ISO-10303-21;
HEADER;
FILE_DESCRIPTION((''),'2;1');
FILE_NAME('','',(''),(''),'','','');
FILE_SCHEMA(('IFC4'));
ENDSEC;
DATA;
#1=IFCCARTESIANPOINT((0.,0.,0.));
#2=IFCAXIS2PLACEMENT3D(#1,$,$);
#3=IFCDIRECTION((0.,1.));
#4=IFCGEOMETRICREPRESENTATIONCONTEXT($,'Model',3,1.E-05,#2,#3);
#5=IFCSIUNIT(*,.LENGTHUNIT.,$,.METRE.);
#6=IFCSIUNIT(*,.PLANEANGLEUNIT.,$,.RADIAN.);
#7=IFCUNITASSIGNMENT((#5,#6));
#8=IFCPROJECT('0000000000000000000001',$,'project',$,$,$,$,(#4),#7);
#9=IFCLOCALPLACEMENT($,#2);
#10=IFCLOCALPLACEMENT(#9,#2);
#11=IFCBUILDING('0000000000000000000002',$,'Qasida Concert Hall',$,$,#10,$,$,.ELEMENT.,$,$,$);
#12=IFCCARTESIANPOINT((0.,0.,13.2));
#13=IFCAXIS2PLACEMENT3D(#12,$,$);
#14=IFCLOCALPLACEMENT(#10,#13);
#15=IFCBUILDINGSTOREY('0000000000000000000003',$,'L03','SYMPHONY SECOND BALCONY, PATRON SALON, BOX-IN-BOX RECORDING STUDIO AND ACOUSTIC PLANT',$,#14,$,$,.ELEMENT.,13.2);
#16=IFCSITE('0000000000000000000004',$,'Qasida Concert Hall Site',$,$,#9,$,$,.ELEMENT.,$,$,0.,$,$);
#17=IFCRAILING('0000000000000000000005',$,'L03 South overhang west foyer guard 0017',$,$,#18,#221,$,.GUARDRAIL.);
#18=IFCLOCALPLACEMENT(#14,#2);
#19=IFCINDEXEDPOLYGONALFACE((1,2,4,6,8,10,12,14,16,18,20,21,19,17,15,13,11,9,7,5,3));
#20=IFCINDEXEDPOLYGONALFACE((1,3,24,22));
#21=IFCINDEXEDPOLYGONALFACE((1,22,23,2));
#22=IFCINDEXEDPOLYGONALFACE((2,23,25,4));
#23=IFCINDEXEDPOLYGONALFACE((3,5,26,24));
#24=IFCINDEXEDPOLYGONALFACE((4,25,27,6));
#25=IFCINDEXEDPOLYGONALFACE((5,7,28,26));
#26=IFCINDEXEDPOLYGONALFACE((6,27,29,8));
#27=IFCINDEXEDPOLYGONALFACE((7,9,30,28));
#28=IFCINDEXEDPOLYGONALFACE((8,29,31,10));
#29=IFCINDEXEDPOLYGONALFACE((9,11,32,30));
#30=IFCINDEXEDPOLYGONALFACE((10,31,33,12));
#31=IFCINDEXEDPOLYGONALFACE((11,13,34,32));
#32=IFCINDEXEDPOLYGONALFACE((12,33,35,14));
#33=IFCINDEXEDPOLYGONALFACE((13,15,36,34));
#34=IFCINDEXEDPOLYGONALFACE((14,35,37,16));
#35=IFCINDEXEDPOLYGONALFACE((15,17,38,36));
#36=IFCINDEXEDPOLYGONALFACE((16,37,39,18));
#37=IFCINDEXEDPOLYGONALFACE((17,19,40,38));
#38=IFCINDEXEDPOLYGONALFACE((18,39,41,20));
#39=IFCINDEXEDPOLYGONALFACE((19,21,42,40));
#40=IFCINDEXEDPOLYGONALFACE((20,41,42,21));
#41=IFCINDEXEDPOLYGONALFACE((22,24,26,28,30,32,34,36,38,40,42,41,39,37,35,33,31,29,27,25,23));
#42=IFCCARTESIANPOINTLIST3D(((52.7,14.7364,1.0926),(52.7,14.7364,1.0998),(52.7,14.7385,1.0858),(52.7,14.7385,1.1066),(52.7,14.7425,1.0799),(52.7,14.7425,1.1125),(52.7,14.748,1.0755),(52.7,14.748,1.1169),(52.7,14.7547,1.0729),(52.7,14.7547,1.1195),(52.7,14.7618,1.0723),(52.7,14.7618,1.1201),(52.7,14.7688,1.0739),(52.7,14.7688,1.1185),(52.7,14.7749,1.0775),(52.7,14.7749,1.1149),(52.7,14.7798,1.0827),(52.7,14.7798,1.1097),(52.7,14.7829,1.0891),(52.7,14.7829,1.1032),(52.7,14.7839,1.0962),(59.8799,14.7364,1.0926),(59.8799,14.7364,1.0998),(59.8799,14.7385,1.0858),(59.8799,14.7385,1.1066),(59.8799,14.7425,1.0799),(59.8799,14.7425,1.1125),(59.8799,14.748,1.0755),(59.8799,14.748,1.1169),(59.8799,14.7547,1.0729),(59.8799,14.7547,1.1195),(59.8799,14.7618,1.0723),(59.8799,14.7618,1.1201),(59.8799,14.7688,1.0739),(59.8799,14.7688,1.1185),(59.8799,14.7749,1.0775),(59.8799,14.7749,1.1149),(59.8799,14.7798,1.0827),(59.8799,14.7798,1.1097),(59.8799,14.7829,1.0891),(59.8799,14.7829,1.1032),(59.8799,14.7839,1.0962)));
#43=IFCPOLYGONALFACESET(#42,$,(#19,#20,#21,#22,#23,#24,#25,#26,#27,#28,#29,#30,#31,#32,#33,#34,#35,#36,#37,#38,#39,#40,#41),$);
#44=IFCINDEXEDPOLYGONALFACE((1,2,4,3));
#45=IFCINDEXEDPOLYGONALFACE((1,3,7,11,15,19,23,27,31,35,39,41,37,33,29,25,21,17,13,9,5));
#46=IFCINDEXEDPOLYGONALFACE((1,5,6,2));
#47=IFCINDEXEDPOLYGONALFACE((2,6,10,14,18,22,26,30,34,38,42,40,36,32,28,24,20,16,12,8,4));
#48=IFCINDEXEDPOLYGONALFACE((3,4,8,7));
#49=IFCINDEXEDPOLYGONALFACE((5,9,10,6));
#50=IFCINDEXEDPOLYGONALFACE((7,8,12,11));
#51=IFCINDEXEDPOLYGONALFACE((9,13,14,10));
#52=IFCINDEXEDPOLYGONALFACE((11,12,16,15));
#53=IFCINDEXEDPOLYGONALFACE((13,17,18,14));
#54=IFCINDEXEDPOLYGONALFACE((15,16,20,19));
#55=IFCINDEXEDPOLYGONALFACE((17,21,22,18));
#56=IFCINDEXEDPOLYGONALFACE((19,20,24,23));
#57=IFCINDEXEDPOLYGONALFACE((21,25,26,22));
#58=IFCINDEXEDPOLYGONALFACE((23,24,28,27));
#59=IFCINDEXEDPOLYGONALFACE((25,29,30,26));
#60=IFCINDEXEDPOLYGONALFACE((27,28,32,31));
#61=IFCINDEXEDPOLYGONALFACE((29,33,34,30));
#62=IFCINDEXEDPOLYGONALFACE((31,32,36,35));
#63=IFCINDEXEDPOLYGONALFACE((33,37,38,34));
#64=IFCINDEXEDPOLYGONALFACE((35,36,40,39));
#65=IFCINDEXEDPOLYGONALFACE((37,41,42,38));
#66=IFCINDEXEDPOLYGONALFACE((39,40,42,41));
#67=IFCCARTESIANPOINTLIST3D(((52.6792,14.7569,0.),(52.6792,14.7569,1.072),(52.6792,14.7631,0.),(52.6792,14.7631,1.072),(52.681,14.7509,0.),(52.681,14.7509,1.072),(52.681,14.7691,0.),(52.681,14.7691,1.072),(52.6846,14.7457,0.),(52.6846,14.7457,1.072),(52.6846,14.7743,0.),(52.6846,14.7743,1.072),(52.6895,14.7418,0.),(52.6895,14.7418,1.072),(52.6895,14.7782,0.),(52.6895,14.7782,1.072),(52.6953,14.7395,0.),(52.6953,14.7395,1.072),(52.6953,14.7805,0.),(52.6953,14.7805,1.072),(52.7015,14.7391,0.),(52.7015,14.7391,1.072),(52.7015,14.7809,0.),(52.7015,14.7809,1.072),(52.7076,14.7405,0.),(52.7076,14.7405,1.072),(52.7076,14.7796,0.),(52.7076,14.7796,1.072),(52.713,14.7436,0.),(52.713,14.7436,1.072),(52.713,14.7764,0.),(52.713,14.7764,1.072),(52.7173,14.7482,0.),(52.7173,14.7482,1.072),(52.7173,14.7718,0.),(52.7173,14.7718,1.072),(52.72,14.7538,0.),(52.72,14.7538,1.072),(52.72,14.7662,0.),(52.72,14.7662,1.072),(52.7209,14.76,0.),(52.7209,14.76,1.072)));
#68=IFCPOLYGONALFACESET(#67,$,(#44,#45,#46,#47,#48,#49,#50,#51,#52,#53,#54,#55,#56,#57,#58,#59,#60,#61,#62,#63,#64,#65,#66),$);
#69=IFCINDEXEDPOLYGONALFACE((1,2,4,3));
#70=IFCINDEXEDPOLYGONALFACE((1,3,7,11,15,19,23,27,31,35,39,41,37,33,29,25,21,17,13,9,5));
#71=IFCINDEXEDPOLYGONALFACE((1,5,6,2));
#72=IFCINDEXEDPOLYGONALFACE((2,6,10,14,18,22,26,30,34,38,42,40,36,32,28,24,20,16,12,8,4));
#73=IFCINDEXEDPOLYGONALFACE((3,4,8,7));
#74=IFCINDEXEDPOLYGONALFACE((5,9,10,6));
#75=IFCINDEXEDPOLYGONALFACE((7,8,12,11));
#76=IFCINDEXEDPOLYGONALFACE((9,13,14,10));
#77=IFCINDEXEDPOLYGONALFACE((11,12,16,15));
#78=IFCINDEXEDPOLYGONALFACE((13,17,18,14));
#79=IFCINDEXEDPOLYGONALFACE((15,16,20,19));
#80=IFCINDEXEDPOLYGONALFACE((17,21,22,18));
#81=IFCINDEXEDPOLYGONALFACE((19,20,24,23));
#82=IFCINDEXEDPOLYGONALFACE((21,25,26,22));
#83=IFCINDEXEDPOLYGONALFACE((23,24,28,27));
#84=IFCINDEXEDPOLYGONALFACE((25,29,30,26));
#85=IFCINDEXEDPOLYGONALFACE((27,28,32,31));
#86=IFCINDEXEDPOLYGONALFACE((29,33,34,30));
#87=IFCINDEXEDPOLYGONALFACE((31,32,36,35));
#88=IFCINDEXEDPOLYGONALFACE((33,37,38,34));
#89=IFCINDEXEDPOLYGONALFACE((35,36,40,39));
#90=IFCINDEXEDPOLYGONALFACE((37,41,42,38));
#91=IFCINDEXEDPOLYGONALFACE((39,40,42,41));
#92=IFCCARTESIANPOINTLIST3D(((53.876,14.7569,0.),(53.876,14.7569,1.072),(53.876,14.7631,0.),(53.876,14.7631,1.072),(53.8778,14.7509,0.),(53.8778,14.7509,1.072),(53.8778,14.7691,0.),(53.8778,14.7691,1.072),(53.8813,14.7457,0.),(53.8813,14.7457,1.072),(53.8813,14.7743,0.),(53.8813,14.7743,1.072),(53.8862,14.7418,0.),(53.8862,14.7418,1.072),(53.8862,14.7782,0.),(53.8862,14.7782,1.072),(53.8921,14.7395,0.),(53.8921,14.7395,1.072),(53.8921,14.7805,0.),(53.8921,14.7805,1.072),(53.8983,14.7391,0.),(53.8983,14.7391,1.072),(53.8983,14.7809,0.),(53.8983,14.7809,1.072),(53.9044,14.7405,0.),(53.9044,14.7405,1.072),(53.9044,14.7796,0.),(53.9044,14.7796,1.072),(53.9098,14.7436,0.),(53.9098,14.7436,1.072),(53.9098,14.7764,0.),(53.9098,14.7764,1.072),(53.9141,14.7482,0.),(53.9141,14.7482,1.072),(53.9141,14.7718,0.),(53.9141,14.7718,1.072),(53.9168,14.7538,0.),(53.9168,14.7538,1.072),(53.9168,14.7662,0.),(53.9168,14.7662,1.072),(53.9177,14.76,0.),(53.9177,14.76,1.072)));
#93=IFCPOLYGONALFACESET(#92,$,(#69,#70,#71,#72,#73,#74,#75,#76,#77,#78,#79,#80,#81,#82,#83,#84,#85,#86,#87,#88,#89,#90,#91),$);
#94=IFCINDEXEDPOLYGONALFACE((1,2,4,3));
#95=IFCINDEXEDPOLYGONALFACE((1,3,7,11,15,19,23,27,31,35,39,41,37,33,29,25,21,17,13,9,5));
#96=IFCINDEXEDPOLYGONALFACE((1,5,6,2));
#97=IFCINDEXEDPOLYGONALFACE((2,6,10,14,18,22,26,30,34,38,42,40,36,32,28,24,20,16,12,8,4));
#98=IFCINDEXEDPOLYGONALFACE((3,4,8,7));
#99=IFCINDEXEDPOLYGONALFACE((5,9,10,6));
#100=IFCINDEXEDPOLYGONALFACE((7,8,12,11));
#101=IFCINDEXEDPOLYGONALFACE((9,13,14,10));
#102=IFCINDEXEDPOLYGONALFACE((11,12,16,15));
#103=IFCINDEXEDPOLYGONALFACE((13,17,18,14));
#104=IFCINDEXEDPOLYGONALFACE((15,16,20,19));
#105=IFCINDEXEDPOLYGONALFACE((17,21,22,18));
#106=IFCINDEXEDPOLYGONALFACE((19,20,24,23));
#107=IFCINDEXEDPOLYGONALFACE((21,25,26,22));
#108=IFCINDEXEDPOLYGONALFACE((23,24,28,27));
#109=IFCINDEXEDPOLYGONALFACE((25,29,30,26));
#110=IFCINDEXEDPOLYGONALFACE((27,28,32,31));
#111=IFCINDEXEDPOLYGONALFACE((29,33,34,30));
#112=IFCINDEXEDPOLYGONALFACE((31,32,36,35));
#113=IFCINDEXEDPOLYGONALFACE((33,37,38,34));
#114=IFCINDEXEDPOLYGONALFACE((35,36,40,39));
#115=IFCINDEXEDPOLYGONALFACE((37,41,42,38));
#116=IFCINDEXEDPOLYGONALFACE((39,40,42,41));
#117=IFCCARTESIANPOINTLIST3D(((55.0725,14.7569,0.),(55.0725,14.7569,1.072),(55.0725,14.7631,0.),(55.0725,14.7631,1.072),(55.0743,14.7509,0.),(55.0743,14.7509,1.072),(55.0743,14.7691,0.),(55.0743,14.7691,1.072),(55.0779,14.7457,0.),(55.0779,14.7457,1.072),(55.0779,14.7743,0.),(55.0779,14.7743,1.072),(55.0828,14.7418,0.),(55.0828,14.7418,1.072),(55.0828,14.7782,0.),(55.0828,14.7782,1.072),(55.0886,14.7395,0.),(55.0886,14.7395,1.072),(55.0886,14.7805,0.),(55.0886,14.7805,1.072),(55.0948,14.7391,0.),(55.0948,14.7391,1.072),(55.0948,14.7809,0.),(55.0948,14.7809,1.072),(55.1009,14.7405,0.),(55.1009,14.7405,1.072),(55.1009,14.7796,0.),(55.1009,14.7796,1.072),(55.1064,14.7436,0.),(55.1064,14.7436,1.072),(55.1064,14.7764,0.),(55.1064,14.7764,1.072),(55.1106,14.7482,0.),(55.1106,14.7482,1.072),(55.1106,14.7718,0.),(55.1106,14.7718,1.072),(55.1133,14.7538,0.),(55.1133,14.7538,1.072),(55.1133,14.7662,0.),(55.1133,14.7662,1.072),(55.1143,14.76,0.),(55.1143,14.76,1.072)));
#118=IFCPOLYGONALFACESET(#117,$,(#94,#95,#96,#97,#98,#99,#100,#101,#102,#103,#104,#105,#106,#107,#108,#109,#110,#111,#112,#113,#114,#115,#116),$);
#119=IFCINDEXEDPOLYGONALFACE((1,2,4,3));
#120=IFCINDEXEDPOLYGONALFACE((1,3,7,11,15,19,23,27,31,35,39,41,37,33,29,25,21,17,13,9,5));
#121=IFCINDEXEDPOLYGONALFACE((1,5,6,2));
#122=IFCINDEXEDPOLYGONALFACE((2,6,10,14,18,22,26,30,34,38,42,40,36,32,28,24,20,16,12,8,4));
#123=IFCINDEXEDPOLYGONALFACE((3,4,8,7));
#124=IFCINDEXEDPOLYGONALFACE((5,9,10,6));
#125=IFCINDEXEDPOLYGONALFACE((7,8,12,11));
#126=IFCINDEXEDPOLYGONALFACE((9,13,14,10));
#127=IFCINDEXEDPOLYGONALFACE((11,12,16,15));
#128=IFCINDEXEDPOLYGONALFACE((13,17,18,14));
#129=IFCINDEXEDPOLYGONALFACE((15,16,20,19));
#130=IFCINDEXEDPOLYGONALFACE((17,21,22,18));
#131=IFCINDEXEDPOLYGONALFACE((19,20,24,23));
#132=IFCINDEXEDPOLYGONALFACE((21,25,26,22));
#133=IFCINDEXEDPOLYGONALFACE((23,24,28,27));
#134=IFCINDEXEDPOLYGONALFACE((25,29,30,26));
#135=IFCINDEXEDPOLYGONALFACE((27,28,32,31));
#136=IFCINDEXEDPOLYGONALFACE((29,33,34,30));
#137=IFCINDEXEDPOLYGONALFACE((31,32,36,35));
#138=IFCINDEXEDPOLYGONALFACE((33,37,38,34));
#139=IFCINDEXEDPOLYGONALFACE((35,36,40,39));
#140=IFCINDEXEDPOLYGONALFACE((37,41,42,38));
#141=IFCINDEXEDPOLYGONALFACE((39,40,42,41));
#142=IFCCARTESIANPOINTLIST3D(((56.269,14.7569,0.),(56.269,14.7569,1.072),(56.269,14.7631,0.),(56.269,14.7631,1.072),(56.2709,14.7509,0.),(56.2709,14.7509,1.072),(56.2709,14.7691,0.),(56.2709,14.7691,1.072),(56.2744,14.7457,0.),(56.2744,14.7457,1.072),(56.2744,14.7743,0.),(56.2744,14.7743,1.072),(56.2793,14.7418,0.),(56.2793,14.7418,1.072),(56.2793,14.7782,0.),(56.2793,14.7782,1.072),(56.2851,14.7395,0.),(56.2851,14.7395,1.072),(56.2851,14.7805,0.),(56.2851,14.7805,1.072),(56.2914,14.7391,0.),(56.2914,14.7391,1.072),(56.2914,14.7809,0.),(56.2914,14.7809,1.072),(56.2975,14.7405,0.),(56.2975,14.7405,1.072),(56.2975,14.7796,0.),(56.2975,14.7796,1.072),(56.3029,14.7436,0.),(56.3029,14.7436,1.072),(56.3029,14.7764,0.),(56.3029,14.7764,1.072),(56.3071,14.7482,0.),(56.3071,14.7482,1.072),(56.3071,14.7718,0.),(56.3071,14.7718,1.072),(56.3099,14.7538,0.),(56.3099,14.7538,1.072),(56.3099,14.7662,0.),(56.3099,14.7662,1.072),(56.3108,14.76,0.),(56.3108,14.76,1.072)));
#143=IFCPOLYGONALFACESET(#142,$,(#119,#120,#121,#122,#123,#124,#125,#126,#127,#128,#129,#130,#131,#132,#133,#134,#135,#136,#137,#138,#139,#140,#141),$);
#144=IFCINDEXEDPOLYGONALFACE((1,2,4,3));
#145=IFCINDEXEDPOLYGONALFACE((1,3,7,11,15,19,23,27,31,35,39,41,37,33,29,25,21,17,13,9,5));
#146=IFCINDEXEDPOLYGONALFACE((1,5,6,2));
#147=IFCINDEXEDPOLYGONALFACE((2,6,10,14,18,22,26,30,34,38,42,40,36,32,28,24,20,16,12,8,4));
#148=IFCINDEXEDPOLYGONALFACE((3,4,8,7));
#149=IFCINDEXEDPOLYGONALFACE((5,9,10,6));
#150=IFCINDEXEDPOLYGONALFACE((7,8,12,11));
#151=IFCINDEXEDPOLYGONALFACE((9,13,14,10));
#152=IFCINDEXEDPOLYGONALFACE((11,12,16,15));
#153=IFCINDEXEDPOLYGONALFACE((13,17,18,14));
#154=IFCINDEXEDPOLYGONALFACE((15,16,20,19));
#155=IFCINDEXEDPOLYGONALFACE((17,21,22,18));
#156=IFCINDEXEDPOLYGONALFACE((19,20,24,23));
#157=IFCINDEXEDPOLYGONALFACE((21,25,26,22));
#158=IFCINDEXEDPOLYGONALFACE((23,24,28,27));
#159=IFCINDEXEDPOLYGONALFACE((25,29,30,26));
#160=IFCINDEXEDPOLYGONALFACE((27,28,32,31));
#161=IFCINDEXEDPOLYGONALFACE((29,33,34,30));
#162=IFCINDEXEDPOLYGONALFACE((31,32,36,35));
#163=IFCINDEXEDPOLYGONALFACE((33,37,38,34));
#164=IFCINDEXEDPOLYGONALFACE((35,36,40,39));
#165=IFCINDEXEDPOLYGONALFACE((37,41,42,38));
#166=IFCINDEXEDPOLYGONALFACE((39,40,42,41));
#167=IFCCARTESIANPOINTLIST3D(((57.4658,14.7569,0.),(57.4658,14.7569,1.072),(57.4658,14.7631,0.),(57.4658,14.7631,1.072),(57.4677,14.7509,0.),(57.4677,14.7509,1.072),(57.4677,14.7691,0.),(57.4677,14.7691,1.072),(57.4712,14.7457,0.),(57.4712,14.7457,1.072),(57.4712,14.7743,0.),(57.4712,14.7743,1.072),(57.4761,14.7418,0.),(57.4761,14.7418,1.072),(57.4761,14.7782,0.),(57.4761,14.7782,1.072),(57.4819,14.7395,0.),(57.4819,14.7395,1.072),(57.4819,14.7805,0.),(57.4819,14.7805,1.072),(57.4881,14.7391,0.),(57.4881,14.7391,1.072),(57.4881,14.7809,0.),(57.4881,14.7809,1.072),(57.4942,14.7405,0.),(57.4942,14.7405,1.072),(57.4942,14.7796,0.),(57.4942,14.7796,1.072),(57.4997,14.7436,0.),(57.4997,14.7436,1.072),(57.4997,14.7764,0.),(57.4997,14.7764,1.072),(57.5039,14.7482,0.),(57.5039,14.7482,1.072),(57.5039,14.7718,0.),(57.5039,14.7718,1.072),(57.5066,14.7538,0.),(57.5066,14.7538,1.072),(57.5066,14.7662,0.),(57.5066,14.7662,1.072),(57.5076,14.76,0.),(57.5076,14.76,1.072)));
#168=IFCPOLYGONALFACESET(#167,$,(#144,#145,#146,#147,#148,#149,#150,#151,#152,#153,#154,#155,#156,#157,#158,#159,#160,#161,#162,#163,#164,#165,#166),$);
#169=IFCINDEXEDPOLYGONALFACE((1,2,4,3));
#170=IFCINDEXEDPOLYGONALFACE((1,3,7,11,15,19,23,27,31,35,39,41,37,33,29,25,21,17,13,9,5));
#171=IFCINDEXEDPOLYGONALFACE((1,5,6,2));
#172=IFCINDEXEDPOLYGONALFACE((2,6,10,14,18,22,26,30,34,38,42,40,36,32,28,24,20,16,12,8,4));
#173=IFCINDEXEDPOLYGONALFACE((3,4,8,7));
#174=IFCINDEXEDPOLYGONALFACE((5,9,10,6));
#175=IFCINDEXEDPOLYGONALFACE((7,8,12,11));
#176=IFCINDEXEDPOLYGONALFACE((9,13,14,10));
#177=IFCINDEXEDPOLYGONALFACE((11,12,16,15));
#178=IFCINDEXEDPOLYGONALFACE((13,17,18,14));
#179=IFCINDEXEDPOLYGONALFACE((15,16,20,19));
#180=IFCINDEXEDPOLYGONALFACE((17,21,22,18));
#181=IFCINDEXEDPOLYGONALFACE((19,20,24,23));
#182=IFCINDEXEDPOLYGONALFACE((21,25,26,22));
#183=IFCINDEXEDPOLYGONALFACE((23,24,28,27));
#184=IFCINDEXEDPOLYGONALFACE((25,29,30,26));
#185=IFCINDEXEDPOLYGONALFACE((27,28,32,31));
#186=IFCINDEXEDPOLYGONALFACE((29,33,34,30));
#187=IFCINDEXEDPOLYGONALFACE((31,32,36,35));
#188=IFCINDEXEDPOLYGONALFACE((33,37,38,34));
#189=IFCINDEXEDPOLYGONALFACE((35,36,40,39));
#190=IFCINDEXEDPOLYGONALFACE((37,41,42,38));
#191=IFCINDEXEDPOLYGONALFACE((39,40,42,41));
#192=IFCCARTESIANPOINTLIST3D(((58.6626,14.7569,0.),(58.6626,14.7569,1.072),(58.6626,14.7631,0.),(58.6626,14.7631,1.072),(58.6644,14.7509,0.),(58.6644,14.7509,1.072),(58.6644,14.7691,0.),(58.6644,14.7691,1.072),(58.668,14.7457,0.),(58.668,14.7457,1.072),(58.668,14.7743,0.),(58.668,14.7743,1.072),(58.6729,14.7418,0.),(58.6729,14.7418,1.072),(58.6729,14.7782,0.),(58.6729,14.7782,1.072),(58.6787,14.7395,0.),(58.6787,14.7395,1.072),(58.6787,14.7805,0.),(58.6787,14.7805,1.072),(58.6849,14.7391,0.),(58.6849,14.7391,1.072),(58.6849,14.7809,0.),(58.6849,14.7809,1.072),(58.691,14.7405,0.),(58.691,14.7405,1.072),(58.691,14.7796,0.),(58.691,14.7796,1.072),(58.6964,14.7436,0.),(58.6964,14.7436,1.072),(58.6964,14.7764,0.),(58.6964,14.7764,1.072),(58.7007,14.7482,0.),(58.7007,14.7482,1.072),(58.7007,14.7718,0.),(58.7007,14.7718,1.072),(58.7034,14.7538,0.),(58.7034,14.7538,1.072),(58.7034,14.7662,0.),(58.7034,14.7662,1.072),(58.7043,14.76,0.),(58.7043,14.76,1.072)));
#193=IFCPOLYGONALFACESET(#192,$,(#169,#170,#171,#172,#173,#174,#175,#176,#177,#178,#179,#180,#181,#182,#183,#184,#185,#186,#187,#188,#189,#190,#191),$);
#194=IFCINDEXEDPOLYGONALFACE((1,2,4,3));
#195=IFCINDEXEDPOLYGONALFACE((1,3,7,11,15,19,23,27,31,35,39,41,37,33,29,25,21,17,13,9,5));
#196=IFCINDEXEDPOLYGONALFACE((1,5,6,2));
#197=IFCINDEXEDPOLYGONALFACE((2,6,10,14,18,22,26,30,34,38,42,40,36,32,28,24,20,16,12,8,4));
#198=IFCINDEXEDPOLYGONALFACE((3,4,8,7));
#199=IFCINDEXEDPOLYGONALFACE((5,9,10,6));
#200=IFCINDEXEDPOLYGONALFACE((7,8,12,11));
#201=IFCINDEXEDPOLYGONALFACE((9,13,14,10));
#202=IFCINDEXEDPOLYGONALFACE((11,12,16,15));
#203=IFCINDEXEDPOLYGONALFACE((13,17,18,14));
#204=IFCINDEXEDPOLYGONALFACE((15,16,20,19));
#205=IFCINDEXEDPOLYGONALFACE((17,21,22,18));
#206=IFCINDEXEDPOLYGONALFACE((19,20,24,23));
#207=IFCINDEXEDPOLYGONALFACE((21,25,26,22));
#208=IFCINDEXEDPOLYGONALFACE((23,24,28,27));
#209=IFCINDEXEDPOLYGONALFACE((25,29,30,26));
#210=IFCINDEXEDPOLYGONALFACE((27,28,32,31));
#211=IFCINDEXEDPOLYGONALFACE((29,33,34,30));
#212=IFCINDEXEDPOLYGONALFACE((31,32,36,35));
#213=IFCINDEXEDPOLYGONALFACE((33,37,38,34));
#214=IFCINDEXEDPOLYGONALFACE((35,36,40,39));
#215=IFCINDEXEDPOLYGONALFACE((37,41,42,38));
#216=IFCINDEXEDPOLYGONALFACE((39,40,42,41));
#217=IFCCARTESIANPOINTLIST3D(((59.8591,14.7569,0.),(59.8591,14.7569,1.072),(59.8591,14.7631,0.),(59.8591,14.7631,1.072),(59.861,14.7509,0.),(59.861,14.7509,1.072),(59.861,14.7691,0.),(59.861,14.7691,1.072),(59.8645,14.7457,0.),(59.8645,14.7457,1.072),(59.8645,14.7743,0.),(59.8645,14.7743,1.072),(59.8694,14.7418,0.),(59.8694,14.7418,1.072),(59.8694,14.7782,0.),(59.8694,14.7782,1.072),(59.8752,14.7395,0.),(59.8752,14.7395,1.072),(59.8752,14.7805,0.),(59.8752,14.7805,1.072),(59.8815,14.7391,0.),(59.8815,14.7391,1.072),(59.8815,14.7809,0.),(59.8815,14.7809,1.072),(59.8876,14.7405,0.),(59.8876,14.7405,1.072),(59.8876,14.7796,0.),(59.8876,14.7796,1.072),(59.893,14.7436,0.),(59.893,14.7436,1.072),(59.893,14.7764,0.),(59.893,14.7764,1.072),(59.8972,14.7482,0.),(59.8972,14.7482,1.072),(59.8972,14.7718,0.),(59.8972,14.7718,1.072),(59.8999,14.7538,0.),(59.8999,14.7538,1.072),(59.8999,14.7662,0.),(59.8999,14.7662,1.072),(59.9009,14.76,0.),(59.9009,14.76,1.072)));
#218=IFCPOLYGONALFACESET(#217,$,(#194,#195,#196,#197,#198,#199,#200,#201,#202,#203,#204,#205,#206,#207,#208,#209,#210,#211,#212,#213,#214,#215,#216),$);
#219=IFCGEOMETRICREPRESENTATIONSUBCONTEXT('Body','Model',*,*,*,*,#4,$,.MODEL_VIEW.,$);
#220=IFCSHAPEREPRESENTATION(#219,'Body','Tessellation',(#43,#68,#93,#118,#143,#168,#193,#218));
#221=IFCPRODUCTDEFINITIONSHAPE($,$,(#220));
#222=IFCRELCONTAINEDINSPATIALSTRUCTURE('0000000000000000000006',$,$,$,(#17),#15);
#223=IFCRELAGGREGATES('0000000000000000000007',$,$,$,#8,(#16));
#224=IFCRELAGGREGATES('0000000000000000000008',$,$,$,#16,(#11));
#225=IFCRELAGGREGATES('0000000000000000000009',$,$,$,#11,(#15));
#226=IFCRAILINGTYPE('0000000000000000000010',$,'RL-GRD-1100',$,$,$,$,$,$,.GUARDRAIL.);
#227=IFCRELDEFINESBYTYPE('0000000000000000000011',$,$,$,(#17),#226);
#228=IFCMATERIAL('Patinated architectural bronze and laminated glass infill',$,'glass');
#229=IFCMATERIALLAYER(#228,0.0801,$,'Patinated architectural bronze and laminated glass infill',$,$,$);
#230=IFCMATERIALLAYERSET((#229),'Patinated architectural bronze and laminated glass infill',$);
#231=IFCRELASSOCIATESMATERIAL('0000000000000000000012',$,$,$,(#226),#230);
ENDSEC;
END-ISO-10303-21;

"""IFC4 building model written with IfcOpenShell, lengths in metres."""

from ifc_helpers import new_model, si_unit, direction, frame, origin, origin_2d, place, context, subcontext, project, spatial, circle, extrude, material, layer, layer_set, type_object, element, save


model = new_model("IFC4")

# Units and contexts
model_context = context("Model", 3, precision=1e-05, world=origin(), true_north=direction((0.0, 1.0)))
body_context = subcontext(model_context, "Body", "Model", "MODEL_VIEW")
ifc_project = project(units=[si_unit("LENGTHUNIT", "METRE"), si_unit("PLANEANGLEUNIT", "RADIAN")], contexts=[model_context])

# Site, building, storey
site_placement = place(None, origin())
site = spatial("IfcSite", under=ifc_project, at=site_placement, Name="Qasida Concert Hall Site", CompositionType="ELEMENT", RefElevation=0.0)
building_placement = place(site_placement, origin())
building = spatial("IfcBuilding", under=site, at=building_placement, Name="Qasida Concert Hall", CompositionType="ELEMENT")
storey_placement = place(building_placement, frame((0.0, 0.0, 13.2)))
storey = spatial("IfcBuildingStorey", under=building, at=storey_placement, Name="L03", Description="SYMPHONY SECOND BALCONY, PATRON SALON, BOX-IN-BOX RECORDING STUDIO AND ACOUSTIC PLANT", CompositionType="ELEMENT", Elevation=13.2)

# Railing
ifc_material_1 = material(Name="Patinated architectural bronze and laminated glass infill", Category="glass")
ifc_layer_1 = layer(ifc_material_1, 0.0801, Name="Patinated architectural bronze and laminated glass infill")
ifc_layer_set_1 = layer_set([ifc_layer_1], Name="Patinated architectural bronze and laminated glass infill")
railing_type = type_object("IfcRailingType", Name="RL-GRD-1100", PredefinedType="GUARDRAIL", material=ifc_layer_set_1)
railing_placement = place(storey_placement, frame((52.7, 14.76, 0.0)))
element("IfcRailing", 1, at=railing_placement, inside=storey, type_object=railing_type, Name="L03 South overhang west foyer guard 0017", PredefinedType="GUARDRAIL", context=body_context, shape_type="SweptSolid", body=[
    extrude(circle(Radius=0.0239, at=origin_2d()), frame((0.0, 0.0, 1.0962), z_axis=(1.0, 0.0, 0.0), x_axis=(0.0, 1.0, 0.0)), (0.0, 0.0, 1.0), 7.1799),
    extrude(circle(Radius=0.021, at=origin_2d()), origin(), (0.0, 0.0, 1.0), 1.072),
    extrude(circle(Radius=0.021, at=origin_2d()), frame((1.1968, 0.0, 0.0)), (0.0, 0.0, 1.0), 1.072),
    extrude(circle(Radius=0.021, at=origin_2d()), frame((2.3933, 0.0, 0.0)), (0.0, 0.0, 1.0), 1.072),
    extrude(circle(Radius=0.021, at=origin_2d()), frame((3.5898, 0.0, 0.0)), (0.0, 0.0, 1.0), 1.072),
    extrude(circle(Radius=0.021, at=origin_2d()), frame((4.7866, 0.0, 0.0)), (0.0, 0.0, 1.0), 1.072),
    extrude(circle(Radius=0.021, at=origin_2d()), frame((5.9834, 0.0, 0.0)), (0.0, 0.0, 1.0), 1.072),
    extrude(circle(Radius=0.021, at=origin_2d()), frame((7.1799, 0.0, 0.0)), (0.0, 0.0, 1.0), 1.072),
])

save(model, "model.ifc")
